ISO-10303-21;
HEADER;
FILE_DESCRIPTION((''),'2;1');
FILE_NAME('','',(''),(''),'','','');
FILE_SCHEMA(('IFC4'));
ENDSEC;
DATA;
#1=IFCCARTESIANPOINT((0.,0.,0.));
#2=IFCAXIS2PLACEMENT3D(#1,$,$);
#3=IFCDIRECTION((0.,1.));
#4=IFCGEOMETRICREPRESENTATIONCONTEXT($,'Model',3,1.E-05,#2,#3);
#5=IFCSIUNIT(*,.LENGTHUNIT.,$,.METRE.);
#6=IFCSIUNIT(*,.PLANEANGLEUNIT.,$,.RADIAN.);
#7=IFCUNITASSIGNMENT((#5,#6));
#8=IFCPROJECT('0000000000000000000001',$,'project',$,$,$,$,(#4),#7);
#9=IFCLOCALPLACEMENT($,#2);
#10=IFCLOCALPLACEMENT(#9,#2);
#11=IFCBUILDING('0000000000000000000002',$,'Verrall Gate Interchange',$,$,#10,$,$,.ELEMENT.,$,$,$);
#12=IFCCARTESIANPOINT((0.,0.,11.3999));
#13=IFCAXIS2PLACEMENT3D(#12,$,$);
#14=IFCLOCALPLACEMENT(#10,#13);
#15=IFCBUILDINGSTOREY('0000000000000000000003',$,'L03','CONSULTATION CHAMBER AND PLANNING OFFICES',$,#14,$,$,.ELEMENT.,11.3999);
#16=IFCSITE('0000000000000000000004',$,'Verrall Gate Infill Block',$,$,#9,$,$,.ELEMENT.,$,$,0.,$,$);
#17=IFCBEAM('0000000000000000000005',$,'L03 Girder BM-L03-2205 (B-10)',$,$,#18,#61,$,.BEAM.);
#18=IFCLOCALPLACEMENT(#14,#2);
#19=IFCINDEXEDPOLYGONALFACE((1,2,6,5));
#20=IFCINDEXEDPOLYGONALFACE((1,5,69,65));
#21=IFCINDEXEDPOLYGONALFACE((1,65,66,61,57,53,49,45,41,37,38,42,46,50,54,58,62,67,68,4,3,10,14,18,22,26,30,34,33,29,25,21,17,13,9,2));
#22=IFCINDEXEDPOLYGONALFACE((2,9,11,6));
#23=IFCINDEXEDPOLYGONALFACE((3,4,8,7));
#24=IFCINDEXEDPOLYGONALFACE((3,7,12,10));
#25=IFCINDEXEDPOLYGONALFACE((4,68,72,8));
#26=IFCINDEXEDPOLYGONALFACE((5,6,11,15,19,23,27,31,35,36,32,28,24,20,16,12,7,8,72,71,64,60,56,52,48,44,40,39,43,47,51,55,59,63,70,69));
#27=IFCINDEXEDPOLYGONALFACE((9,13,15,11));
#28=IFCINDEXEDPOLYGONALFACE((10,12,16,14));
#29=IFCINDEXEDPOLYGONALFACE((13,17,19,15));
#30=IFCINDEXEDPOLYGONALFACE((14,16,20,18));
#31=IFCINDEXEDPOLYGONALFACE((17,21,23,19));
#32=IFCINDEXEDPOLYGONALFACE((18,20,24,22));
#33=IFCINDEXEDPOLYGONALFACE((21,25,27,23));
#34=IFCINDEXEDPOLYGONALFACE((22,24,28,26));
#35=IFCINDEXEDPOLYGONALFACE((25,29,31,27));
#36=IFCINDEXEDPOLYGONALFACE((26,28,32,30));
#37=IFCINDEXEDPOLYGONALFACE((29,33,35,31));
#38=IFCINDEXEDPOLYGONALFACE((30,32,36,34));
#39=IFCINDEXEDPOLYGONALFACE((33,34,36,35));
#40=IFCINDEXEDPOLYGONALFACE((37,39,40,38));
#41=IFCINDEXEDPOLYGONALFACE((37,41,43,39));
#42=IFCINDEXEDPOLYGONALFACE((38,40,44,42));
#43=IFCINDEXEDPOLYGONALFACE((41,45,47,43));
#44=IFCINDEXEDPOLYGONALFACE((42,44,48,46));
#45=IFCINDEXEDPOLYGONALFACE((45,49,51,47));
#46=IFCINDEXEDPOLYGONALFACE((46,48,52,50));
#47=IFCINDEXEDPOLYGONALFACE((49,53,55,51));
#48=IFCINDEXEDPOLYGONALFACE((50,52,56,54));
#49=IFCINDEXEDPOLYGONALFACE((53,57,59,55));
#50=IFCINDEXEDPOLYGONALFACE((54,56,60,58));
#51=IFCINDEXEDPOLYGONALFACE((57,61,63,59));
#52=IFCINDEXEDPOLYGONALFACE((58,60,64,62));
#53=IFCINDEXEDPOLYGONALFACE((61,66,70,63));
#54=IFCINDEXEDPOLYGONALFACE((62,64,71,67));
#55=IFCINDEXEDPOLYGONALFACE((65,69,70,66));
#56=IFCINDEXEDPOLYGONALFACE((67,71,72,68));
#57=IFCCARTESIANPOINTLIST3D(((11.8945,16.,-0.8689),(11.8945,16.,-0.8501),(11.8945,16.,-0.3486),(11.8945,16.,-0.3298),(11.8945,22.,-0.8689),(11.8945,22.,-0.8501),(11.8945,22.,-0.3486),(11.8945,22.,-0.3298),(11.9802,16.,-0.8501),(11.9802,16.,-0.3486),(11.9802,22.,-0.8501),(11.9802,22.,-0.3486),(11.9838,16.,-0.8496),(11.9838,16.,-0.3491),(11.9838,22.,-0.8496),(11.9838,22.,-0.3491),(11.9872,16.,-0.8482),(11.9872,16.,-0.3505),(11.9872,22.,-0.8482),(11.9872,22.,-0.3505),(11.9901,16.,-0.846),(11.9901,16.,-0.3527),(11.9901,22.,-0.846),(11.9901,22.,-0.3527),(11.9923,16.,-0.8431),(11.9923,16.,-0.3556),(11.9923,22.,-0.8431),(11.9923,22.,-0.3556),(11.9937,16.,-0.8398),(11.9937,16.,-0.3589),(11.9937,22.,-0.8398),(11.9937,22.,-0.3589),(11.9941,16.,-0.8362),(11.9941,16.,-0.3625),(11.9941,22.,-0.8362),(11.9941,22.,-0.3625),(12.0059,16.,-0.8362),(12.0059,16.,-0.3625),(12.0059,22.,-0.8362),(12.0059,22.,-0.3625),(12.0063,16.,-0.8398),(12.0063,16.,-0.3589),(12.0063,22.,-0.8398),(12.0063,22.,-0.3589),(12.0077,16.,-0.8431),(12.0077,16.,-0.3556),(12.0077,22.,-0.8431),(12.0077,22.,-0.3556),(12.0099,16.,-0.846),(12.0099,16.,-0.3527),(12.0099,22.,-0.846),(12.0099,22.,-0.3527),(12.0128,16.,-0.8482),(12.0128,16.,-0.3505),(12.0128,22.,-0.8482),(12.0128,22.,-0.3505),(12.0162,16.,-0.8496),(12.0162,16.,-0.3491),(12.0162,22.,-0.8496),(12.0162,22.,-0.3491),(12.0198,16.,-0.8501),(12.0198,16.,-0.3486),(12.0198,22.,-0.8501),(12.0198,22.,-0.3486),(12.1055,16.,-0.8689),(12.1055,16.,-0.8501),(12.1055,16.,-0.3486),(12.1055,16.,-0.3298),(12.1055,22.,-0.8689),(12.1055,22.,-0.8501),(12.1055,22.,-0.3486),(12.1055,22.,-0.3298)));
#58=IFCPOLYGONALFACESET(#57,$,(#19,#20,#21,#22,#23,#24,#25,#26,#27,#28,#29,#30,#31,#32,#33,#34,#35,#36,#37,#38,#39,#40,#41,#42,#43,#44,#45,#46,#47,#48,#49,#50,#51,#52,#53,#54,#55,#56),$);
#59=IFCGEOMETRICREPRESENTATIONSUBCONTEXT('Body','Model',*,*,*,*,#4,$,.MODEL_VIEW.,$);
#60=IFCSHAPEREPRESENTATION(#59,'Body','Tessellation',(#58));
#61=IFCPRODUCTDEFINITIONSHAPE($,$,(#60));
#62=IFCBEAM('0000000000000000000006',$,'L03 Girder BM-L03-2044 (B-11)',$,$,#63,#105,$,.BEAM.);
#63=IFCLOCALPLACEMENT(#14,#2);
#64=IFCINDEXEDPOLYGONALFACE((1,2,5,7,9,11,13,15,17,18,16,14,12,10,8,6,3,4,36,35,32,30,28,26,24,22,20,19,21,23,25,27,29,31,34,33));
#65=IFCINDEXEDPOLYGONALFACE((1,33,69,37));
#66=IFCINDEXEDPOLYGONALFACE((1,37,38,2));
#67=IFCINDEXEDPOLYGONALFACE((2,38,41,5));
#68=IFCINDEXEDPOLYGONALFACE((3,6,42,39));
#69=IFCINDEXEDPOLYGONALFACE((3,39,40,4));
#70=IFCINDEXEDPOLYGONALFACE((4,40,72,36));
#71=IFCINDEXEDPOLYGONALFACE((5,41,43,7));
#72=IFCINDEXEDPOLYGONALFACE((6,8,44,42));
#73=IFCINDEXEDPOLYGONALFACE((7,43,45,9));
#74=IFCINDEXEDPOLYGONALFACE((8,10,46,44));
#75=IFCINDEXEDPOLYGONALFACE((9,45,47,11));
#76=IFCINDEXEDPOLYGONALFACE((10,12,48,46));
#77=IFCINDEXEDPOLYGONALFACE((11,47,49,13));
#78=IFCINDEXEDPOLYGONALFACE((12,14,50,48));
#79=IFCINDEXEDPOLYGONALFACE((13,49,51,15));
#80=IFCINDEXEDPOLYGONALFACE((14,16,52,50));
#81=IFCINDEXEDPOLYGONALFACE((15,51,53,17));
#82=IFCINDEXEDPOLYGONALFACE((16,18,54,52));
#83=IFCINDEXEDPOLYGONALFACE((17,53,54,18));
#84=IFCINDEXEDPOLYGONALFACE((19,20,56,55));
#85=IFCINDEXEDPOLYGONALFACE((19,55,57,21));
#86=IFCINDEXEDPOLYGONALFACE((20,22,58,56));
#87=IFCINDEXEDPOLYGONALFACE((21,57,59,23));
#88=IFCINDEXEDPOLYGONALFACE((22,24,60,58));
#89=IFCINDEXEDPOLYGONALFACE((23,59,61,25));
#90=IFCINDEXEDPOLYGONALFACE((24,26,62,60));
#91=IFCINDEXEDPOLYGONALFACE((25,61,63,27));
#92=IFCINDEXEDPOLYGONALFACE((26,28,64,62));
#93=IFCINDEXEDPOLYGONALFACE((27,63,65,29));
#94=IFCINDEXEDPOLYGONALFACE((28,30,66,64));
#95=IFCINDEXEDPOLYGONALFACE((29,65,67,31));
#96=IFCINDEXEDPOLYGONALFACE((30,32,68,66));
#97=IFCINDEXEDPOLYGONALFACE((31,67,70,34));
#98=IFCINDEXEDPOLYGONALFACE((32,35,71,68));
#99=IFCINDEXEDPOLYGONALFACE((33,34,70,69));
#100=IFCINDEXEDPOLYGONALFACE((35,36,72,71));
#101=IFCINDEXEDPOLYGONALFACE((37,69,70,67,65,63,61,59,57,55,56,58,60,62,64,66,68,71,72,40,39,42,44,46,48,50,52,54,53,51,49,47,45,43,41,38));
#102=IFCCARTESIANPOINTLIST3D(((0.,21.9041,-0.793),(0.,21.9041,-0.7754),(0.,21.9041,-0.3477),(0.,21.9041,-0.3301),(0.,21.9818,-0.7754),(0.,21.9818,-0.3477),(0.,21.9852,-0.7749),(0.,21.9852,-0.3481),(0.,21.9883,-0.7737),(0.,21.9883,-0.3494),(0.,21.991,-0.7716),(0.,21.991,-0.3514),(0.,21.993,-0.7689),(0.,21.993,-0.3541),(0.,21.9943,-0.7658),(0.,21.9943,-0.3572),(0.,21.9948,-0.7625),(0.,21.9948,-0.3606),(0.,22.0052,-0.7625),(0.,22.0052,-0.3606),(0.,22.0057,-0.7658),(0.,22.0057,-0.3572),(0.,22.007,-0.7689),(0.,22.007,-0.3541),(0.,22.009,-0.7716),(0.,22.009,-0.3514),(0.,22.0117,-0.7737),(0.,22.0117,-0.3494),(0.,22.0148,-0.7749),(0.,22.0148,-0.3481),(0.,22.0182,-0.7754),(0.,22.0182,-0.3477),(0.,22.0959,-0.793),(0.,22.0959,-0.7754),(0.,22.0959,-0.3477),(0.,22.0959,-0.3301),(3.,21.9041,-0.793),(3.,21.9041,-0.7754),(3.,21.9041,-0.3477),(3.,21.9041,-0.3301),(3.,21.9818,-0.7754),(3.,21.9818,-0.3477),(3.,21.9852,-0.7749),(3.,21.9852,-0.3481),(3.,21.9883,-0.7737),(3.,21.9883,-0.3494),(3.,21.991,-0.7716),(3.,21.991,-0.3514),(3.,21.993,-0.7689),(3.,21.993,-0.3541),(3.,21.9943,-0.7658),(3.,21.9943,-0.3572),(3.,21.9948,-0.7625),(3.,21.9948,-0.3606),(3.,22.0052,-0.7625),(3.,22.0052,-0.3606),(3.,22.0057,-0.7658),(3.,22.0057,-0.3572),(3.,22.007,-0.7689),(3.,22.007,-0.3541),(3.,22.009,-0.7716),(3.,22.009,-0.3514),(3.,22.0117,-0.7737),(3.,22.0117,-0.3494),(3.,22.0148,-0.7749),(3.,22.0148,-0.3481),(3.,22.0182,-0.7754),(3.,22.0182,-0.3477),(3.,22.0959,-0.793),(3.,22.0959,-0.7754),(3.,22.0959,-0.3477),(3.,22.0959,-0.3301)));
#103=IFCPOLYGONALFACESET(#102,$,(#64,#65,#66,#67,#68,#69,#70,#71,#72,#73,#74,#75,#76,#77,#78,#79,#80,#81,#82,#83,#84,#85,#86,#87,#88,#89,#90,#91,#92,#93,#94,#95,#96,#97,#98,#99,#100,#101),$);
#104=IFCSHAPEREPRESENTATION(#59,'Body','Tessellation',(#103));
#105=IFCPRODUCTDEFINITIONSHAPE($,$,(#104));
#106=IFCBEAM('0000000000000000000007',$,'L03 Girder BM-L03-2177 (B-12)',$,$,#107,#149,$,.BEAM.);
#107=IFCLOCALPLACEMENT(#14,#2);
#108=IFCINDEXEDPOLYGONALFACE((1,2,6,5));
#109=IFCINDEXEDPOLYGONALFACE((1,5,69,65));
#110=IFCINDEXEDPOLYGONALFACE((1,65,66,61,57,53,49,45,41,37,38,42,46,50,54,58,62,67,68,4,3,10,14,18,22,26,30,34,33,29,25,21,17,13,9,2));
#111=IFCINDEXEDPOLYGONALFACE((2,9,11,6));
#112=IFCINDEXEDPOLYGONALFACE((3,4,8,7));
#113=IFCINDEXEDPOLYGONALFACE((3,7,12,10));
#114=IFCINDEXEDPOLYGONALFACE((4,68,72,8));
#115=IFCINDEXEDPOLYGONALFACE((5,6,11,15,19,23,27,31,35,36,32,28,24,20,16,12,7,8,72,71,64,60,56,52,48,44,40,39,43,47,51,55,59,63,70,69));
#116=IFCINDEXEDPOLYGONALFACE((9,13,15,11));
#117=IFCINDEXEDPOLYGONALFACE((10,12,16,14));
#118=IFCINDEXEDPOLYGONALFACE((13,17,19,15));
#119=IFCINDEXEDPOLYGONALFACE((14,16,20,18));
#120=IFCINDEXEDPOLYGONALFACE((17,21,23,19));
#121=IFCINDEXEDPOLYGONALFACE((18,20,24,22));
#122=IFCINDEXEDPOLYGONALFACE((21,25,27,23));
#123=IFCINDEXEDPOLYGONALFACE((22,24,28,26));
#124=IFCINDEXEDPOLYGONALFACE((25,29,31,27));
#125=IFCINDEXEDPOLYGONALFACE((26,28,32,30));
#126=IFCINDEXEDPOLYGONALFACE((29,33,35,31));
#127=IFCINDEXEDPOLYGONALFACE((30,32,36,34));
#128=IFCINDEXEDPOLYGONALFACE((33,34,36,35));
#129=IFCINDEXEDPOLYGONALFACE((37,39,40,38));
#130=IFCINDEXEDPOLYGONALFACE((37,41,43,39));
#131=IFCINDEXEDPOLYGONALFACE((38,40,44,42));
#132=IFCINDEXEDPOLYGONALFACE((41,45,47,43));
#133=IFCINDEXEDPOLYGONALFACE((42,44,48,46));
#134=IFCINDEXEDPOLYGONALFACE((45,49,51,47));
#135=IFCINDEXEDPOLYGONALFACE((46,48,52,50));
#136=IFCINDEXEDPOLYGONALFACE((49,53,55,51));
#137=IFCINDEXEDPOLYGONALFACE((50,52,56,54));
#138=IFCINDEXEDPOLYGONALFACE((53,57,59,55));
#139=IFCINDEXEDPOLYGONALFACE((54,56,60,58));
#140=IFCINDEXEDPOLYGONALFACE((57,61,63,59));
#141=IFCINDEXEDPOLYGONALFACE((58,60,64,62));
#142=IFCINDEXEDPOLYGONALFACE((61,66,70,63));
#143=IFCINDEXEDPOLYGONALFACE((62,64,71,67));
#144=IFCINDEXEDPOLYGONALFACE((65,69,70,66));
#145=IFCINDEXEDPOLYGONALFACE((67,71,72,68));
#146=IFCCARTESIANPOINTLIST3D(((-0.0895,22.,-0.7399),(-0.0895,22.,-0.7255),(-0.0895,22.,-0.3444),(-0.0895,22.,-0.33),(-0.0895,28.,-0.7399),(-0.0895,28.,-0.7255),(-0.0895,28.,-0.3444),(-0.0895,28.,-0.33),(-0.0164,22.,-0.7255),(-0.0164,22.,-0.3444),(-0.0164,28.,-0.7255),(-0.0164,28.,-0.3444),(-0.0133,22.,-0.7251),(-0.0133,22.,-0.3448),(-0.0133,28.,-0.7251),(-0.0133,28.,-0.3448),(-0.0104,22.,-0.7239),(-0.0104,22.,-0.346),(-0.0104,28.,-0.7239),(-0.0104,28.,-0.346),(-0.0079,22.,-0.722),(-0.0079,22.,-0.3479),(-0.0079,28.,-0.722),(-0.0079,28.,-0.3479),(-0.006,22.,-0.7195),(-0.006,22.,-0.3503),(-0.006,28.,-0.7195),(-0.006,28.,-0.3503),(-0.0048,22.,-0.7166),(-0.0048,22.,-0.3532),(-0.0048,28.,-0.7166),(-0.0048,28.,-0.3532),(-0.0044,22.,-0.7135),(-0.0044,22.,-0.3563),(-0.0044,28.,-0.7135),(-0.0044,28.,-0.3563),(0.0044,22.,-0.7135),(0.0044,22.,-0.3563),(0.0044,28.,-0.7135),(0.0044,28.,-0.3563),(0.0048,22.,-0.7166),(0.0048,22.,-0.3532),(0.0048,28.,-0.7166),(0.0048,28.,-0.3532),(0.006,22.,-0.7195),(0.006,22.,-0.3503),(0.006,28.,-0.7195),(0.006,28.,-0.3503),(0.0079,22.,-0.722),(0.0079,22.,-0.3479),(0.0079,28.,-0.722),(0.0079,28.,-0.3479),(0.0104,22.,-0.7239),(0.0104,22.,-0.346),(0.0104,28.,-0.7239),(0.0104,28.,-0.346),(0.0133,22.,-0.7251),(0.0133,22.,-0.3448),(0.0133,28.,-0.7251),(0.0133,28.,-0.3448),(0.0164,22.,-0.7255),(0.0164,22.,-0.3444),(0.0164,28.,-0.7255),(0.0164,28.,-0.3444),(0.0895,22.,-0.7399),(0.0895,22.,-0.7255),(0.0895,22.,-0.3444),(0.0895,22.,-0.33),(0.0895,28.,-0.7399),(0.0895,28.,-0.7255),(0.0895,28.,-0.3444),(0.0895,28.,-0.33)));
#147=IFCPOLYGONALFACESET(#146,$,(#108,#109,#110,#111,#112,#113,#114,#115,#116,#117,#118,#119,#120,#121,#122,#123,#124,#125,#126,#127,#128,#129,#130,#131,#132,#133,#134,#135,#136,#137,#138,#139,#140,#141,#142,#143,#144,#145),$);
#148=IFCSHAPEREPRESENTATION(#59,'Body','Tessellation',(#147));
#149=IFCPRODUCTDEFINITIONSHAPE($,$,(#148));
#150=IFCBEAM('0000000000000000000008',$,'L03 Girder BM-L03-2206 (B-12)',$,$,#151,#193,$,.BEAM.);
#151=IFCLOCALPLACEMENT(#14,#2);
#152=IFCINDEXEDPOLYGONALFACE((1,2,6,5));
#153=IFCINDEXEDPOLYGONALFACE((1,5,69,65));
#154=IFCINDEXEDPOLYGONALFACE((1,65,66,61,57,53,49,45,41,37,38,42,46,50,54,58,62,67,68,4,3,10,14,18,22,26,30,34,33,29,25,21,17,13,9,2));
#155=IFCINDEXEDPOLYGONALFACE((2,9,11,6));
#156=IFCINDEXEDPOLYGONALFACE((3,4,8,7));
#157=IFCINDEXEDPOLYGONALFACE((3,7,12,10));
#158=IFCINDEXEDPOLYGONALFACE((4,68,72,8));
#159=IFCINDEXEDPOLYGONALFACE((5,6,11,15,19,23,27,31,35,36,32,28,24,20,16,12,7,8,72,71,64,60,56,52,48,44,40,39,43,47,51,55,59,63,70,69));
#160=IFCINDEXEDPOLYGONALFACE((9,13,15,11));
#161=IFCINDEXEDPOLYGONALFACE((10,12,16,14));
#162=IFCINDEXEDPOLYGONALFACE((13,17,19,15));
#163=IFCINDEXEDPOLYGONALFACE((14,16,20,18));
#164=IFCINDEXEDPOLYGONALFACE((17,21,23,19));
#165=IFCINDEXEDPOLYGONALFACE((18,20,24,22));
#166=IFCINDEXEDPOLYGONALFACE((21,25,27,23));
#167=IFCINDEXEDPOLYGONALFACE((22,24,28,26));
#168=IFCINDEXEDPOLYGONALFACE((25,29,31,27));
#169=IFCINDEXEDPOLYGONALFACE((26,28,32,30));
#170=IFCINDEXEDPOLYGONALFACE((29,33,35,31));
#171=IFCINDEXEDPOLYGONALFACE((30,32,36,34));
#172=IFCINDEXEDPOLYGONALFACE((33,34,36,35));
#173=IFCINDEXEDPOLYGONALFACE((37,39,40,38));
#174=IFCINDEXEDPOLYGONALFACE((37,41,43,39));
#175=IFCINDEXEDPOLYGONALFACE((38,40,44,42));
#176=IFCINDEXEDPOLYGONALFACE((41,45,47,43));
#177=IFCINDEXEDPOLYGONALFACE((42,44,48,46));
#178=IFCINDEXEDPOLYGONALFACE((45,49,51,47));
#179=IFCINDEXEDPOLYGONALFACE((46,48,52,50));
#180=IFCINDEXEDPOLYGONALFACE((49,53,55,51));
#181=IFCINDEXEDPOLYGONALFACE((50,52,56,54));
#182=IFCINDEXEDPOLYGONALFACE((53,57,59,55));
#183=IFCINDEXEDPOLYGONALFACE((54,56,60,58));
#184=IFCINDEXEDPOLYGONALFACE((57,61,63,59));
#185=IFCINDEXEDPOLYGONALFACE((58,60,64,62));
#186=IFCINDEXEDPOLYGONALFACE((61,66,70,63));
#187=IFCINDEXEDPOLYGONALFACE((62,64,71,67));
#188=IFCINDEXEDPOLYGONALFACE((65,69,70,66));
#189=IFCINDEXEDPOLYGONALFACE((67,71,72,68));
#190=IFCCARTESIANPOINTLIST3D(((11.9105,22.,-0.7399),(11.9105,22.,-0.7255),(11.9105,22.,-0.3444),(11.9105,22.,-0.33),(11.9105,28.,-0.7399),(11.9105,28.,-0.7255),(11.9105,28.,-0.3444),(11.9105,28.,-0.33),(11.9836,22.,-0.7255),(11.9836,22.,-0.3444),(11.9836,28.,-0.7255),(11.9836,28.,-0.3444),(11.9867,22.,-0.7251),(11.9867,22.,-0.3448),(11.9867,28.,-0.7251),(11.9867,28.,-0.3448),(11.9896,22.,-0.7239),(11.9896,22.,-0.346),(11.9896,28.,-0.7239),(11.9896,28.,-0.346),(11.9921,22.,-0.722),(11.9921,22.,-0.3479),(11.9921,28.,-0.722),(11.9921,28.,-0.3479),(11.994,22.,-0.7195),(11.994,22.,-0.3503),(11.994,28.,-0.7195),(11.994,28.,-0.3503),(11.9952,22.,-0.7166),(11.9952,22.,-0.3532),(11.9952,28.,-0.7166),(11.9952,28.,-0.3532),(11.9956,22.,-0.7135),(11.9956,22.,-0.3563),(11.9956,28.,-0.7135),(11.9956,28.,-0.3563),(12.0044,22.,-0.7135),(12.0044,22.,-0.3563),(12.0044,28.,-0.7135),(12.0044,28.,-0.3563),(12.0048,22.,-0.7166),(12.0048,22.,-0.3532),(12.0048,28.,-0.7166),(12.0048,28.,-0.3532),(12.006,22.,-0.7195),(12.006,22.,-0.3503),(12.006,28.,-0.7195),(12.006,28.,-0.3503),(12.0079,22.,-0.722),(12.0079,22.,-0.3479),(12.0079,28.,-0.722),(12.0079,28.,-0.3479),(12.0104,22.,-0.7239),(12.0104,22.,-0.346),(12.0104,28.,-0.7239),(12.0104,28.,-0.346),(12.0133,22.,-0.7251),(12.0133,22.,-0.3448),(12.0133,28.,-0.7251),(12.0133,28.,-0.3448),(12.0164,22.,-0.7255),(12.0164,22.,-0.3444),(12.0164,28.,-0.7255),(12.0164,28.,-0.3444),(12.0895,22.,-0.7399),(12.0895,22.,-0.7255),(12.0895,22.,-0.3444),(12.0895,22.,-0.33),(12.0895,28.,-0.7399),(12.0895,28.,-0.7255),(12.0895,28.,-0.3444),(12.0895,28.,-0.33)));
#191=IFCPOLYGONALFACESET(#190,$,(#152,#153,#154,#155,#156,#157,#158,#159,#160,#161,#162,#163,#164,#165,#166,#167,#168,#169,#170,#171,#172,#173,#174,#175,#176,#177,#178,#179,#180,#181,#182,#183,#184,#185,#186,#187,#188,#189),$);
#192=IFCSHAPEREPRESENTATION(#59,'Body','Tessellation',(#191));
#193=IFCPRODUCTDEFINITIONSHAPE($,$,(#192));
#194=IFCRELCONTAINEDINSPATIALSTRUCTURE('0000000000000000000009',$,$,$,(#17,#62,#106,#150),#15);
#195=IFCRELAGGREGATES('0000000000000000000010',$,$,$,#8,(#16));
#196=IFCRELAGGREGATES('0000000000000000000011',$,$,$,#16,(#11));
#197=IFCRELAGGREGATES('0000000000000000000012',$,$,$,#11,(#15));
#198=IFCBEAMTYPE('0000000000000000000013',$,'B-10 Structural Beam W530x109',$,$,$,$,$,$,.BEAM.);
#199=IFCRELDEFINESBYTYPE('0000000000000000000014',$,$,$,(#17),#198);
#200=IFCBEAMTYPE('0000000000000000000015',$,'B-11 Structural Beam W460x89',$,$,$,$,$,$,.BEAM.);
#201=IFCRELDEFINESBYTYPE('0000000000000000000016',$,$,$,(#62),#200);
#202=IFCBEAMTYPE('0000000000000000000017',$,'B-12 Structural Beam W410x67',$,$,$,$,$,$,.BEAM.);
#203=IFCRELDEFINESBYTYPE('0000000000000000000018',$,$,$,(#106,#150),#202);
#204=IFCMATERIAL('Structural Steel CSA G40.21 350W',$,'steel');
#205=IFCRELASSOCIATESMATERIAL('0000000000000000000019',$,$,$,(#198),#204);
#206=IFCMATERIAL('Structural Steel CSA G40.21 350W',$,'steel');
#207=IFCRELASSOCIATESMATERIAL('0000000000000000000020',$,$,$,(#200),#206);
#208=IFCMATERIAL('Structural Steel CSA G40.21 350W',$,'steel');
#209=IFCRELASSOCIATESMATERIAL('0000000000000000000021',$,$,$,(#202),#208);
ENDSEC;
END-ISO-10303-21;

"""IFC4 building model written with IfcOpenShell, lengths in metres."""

from ifc_helpers import new_model, si_unit, direction, frame, origin, origin_2d, place, context, subcontext, project, spatial, i_section, extrude, material, material_profile, profile_set, type_object, element, save


model = new_model("IFC4")

# Units and contexts
model_context = context("Model", 3, precision=1e-05, world=origin(), true_north=direction((0.0, 1.0)))
body_context = subcontext(model_context, "Body", "Model", "MODEL_VIEW")
ifc_project = project(units=[si_unit("LENGTHUNIT", "METRE"), si_unit("PLANEANGLEUNIT", "RADIAN")], contexts=[model_context])

# Site, building, storey
site_placement = place(None, origin())
site = spatial("IfcSite", under=ifc_project, at=site_placement, Name="Verrall Gate Infill Block", CompositionType="ELEMENT", RefElevation=0.0)
building_placement = place(site_placement, origin())
building = spatial("IfcBuilding", under=site, at=building_placement, Name="Verrall Gate Interchange", CompositionType="ELEMENT")
storey_placement = place(building_placement, frame((0.0, 0.0, 11.3999)))
storey = spatial("IfcBuildingStorey", under=building, at=storey_placement, Name="L03", Description="CONSULTATION CHAMBER AND PLANNING OFFICES", CompositionType="ELEMENT", Elevation=11.3999)

# Beams
ifc_material_1 = material(Name="Structural Steel CSA G40.21 350W", Category="steel")
ifc_material_profile_1 = material_profile(ifc_material_1, i_section(OverallWidth=0.2109, OverallDepth=0.5391, WebThickness=0.0117, FlangeThickness=0.0188, FilletRadius=0.0139, at=origin_2d()), Name="W530x109")
ifc_profile_set_1 = profile_set([ifc_material_profile_1], Name="Structural Steel CSA G40.21 350W")
beam_type_1 = type_object("IfcBeamType", Name="B-10 Structural Beam W530x109", PredefinedType="BEAM", material=ifc_profile_set_1)
for number, where, z_axis, x_axis, name in (
    (1, (12.0, 16.0, -0.5994), (0.0, 1.0, 0.0), (-1.0, 0.0, 0.0), "L03 Girder BM-L03-2205 (B-10)"),
):
    element("IfcBeam", number, at=place(storey_placement, frame(where, z_axis=z_axis, x_axis=x_axis)), inside=storey, type_object=beam_type_1, Name=name, PredefinedType="BEAM", context=body_context, shape_type="SweptSolid", body=[
        extrude(i_section(OverallWidth=0.2109, OverallDepth=0.5391, WebThickness=0.0117, FlangeThickness=0.0188, FilletRadius=0.0139, at=origin_2d()), origin(), (0.0, 0.0, 1.0), 6.0),
    ])
ifc_material_2 = material(Name="Structural Steel CSA G40.21 350W", Category="steel")
ifc_material_profile_2 = material_profile(ifc_material_2, i_section(OverallWidth=0.1919, OverallDepth=0.4629, WebThickness=0.0105, FlangeThickness=0.0176, FilletRadius=0.0129, at=origin_2d()), Name="W460x89")
ifc_profile_set_2 = profile_set([ifc_material_profile_2], Name="Structural Steel CSA G40.21 350W")
beam_type_2 = type_object("IfcBeamType", Name="B-11 Structural Beam W460x89", PredefinedType="BEAM", material=ifc_profile_set_2)
beam_1_placement = place(storey_placement, frame((0.0, 22.0, -0.5615), z_axis=(1.0, 0.0, 0.0), x_axis=(0.0, 1.0, 0.0)))
element("IfcBeam", 2, at=beam_1_placement, inside=storey, type_object=beam_type_2, Name="L03 Girder BM-L03-2044 (B-11)", PredefinedType="BEAM", context=body_context, shape_type="SweptSolid", body=[
    extrude(i_section(OverallWidth=0.1919, OverallDepth=0.4629, WebThickness=0.0105, FlangeThickness=0.0176, FilletRadius=0.0129, at=origin_2d()), origin(), (0.0, 0.0, 1.0), 3.0),
])
ifc_material_3 = material(Name="Structural Steel CSA G40.21 350W", Category="steel")
ifc_material_profile_3 = material_profile(ifc_material_3, i_section(OverallWidth=0.179, OverallDepth=0.4099, WebThickness=0.0088, FlangeThickness=0.0144, FilletRadius=0.012, at=origin_2d()), Name="W410x67")
ifc_profile_set_3 = profile_set([ifc_material_profile_3], Name="Structural Steel CSA G40.21 350W")
beam_type_3 = type_object("IfcBeamType", Name="B-12 Structural Beam W410x67", PredefinedType="BEAM", material=ifc_profile_set_3)
for number, where, z_axis, x_axis, name in (
    (3, (0.0, 22.0, -0.5349), (0.0, 1.0, 0.0), (-1.0, 0.0, 0.0), "L03 Girder BM-L03-2177 (B-12)"),
    (4, (12.0, 22.0, -0.5349), (0.0, 1.0, 0.0), (-1.0, 0.0, 0.0), "L03 Girder BM-L03-2206 (B-12)"),
):
    element("IfcBeam", number, at=place(storey_placement, frame(where, z_axis=z_axis, x_axis=x_axis)), inside=storey, type_object=beam_type_3, Name=name, PredefinedType="BEAM", context=body_context, shape_type="SweptSolid", body=[
        extrude(i_section(OverallWidth=0.179, OverallDepth=0.4099, WebThickness=0.0088, FlangeThickness=0.0144, FilletRadius=0.012, at=origin_2d()), origin(), (0.0, 0.0, 1.0), 6.0),
    ])

save(model, "model.ifc")
